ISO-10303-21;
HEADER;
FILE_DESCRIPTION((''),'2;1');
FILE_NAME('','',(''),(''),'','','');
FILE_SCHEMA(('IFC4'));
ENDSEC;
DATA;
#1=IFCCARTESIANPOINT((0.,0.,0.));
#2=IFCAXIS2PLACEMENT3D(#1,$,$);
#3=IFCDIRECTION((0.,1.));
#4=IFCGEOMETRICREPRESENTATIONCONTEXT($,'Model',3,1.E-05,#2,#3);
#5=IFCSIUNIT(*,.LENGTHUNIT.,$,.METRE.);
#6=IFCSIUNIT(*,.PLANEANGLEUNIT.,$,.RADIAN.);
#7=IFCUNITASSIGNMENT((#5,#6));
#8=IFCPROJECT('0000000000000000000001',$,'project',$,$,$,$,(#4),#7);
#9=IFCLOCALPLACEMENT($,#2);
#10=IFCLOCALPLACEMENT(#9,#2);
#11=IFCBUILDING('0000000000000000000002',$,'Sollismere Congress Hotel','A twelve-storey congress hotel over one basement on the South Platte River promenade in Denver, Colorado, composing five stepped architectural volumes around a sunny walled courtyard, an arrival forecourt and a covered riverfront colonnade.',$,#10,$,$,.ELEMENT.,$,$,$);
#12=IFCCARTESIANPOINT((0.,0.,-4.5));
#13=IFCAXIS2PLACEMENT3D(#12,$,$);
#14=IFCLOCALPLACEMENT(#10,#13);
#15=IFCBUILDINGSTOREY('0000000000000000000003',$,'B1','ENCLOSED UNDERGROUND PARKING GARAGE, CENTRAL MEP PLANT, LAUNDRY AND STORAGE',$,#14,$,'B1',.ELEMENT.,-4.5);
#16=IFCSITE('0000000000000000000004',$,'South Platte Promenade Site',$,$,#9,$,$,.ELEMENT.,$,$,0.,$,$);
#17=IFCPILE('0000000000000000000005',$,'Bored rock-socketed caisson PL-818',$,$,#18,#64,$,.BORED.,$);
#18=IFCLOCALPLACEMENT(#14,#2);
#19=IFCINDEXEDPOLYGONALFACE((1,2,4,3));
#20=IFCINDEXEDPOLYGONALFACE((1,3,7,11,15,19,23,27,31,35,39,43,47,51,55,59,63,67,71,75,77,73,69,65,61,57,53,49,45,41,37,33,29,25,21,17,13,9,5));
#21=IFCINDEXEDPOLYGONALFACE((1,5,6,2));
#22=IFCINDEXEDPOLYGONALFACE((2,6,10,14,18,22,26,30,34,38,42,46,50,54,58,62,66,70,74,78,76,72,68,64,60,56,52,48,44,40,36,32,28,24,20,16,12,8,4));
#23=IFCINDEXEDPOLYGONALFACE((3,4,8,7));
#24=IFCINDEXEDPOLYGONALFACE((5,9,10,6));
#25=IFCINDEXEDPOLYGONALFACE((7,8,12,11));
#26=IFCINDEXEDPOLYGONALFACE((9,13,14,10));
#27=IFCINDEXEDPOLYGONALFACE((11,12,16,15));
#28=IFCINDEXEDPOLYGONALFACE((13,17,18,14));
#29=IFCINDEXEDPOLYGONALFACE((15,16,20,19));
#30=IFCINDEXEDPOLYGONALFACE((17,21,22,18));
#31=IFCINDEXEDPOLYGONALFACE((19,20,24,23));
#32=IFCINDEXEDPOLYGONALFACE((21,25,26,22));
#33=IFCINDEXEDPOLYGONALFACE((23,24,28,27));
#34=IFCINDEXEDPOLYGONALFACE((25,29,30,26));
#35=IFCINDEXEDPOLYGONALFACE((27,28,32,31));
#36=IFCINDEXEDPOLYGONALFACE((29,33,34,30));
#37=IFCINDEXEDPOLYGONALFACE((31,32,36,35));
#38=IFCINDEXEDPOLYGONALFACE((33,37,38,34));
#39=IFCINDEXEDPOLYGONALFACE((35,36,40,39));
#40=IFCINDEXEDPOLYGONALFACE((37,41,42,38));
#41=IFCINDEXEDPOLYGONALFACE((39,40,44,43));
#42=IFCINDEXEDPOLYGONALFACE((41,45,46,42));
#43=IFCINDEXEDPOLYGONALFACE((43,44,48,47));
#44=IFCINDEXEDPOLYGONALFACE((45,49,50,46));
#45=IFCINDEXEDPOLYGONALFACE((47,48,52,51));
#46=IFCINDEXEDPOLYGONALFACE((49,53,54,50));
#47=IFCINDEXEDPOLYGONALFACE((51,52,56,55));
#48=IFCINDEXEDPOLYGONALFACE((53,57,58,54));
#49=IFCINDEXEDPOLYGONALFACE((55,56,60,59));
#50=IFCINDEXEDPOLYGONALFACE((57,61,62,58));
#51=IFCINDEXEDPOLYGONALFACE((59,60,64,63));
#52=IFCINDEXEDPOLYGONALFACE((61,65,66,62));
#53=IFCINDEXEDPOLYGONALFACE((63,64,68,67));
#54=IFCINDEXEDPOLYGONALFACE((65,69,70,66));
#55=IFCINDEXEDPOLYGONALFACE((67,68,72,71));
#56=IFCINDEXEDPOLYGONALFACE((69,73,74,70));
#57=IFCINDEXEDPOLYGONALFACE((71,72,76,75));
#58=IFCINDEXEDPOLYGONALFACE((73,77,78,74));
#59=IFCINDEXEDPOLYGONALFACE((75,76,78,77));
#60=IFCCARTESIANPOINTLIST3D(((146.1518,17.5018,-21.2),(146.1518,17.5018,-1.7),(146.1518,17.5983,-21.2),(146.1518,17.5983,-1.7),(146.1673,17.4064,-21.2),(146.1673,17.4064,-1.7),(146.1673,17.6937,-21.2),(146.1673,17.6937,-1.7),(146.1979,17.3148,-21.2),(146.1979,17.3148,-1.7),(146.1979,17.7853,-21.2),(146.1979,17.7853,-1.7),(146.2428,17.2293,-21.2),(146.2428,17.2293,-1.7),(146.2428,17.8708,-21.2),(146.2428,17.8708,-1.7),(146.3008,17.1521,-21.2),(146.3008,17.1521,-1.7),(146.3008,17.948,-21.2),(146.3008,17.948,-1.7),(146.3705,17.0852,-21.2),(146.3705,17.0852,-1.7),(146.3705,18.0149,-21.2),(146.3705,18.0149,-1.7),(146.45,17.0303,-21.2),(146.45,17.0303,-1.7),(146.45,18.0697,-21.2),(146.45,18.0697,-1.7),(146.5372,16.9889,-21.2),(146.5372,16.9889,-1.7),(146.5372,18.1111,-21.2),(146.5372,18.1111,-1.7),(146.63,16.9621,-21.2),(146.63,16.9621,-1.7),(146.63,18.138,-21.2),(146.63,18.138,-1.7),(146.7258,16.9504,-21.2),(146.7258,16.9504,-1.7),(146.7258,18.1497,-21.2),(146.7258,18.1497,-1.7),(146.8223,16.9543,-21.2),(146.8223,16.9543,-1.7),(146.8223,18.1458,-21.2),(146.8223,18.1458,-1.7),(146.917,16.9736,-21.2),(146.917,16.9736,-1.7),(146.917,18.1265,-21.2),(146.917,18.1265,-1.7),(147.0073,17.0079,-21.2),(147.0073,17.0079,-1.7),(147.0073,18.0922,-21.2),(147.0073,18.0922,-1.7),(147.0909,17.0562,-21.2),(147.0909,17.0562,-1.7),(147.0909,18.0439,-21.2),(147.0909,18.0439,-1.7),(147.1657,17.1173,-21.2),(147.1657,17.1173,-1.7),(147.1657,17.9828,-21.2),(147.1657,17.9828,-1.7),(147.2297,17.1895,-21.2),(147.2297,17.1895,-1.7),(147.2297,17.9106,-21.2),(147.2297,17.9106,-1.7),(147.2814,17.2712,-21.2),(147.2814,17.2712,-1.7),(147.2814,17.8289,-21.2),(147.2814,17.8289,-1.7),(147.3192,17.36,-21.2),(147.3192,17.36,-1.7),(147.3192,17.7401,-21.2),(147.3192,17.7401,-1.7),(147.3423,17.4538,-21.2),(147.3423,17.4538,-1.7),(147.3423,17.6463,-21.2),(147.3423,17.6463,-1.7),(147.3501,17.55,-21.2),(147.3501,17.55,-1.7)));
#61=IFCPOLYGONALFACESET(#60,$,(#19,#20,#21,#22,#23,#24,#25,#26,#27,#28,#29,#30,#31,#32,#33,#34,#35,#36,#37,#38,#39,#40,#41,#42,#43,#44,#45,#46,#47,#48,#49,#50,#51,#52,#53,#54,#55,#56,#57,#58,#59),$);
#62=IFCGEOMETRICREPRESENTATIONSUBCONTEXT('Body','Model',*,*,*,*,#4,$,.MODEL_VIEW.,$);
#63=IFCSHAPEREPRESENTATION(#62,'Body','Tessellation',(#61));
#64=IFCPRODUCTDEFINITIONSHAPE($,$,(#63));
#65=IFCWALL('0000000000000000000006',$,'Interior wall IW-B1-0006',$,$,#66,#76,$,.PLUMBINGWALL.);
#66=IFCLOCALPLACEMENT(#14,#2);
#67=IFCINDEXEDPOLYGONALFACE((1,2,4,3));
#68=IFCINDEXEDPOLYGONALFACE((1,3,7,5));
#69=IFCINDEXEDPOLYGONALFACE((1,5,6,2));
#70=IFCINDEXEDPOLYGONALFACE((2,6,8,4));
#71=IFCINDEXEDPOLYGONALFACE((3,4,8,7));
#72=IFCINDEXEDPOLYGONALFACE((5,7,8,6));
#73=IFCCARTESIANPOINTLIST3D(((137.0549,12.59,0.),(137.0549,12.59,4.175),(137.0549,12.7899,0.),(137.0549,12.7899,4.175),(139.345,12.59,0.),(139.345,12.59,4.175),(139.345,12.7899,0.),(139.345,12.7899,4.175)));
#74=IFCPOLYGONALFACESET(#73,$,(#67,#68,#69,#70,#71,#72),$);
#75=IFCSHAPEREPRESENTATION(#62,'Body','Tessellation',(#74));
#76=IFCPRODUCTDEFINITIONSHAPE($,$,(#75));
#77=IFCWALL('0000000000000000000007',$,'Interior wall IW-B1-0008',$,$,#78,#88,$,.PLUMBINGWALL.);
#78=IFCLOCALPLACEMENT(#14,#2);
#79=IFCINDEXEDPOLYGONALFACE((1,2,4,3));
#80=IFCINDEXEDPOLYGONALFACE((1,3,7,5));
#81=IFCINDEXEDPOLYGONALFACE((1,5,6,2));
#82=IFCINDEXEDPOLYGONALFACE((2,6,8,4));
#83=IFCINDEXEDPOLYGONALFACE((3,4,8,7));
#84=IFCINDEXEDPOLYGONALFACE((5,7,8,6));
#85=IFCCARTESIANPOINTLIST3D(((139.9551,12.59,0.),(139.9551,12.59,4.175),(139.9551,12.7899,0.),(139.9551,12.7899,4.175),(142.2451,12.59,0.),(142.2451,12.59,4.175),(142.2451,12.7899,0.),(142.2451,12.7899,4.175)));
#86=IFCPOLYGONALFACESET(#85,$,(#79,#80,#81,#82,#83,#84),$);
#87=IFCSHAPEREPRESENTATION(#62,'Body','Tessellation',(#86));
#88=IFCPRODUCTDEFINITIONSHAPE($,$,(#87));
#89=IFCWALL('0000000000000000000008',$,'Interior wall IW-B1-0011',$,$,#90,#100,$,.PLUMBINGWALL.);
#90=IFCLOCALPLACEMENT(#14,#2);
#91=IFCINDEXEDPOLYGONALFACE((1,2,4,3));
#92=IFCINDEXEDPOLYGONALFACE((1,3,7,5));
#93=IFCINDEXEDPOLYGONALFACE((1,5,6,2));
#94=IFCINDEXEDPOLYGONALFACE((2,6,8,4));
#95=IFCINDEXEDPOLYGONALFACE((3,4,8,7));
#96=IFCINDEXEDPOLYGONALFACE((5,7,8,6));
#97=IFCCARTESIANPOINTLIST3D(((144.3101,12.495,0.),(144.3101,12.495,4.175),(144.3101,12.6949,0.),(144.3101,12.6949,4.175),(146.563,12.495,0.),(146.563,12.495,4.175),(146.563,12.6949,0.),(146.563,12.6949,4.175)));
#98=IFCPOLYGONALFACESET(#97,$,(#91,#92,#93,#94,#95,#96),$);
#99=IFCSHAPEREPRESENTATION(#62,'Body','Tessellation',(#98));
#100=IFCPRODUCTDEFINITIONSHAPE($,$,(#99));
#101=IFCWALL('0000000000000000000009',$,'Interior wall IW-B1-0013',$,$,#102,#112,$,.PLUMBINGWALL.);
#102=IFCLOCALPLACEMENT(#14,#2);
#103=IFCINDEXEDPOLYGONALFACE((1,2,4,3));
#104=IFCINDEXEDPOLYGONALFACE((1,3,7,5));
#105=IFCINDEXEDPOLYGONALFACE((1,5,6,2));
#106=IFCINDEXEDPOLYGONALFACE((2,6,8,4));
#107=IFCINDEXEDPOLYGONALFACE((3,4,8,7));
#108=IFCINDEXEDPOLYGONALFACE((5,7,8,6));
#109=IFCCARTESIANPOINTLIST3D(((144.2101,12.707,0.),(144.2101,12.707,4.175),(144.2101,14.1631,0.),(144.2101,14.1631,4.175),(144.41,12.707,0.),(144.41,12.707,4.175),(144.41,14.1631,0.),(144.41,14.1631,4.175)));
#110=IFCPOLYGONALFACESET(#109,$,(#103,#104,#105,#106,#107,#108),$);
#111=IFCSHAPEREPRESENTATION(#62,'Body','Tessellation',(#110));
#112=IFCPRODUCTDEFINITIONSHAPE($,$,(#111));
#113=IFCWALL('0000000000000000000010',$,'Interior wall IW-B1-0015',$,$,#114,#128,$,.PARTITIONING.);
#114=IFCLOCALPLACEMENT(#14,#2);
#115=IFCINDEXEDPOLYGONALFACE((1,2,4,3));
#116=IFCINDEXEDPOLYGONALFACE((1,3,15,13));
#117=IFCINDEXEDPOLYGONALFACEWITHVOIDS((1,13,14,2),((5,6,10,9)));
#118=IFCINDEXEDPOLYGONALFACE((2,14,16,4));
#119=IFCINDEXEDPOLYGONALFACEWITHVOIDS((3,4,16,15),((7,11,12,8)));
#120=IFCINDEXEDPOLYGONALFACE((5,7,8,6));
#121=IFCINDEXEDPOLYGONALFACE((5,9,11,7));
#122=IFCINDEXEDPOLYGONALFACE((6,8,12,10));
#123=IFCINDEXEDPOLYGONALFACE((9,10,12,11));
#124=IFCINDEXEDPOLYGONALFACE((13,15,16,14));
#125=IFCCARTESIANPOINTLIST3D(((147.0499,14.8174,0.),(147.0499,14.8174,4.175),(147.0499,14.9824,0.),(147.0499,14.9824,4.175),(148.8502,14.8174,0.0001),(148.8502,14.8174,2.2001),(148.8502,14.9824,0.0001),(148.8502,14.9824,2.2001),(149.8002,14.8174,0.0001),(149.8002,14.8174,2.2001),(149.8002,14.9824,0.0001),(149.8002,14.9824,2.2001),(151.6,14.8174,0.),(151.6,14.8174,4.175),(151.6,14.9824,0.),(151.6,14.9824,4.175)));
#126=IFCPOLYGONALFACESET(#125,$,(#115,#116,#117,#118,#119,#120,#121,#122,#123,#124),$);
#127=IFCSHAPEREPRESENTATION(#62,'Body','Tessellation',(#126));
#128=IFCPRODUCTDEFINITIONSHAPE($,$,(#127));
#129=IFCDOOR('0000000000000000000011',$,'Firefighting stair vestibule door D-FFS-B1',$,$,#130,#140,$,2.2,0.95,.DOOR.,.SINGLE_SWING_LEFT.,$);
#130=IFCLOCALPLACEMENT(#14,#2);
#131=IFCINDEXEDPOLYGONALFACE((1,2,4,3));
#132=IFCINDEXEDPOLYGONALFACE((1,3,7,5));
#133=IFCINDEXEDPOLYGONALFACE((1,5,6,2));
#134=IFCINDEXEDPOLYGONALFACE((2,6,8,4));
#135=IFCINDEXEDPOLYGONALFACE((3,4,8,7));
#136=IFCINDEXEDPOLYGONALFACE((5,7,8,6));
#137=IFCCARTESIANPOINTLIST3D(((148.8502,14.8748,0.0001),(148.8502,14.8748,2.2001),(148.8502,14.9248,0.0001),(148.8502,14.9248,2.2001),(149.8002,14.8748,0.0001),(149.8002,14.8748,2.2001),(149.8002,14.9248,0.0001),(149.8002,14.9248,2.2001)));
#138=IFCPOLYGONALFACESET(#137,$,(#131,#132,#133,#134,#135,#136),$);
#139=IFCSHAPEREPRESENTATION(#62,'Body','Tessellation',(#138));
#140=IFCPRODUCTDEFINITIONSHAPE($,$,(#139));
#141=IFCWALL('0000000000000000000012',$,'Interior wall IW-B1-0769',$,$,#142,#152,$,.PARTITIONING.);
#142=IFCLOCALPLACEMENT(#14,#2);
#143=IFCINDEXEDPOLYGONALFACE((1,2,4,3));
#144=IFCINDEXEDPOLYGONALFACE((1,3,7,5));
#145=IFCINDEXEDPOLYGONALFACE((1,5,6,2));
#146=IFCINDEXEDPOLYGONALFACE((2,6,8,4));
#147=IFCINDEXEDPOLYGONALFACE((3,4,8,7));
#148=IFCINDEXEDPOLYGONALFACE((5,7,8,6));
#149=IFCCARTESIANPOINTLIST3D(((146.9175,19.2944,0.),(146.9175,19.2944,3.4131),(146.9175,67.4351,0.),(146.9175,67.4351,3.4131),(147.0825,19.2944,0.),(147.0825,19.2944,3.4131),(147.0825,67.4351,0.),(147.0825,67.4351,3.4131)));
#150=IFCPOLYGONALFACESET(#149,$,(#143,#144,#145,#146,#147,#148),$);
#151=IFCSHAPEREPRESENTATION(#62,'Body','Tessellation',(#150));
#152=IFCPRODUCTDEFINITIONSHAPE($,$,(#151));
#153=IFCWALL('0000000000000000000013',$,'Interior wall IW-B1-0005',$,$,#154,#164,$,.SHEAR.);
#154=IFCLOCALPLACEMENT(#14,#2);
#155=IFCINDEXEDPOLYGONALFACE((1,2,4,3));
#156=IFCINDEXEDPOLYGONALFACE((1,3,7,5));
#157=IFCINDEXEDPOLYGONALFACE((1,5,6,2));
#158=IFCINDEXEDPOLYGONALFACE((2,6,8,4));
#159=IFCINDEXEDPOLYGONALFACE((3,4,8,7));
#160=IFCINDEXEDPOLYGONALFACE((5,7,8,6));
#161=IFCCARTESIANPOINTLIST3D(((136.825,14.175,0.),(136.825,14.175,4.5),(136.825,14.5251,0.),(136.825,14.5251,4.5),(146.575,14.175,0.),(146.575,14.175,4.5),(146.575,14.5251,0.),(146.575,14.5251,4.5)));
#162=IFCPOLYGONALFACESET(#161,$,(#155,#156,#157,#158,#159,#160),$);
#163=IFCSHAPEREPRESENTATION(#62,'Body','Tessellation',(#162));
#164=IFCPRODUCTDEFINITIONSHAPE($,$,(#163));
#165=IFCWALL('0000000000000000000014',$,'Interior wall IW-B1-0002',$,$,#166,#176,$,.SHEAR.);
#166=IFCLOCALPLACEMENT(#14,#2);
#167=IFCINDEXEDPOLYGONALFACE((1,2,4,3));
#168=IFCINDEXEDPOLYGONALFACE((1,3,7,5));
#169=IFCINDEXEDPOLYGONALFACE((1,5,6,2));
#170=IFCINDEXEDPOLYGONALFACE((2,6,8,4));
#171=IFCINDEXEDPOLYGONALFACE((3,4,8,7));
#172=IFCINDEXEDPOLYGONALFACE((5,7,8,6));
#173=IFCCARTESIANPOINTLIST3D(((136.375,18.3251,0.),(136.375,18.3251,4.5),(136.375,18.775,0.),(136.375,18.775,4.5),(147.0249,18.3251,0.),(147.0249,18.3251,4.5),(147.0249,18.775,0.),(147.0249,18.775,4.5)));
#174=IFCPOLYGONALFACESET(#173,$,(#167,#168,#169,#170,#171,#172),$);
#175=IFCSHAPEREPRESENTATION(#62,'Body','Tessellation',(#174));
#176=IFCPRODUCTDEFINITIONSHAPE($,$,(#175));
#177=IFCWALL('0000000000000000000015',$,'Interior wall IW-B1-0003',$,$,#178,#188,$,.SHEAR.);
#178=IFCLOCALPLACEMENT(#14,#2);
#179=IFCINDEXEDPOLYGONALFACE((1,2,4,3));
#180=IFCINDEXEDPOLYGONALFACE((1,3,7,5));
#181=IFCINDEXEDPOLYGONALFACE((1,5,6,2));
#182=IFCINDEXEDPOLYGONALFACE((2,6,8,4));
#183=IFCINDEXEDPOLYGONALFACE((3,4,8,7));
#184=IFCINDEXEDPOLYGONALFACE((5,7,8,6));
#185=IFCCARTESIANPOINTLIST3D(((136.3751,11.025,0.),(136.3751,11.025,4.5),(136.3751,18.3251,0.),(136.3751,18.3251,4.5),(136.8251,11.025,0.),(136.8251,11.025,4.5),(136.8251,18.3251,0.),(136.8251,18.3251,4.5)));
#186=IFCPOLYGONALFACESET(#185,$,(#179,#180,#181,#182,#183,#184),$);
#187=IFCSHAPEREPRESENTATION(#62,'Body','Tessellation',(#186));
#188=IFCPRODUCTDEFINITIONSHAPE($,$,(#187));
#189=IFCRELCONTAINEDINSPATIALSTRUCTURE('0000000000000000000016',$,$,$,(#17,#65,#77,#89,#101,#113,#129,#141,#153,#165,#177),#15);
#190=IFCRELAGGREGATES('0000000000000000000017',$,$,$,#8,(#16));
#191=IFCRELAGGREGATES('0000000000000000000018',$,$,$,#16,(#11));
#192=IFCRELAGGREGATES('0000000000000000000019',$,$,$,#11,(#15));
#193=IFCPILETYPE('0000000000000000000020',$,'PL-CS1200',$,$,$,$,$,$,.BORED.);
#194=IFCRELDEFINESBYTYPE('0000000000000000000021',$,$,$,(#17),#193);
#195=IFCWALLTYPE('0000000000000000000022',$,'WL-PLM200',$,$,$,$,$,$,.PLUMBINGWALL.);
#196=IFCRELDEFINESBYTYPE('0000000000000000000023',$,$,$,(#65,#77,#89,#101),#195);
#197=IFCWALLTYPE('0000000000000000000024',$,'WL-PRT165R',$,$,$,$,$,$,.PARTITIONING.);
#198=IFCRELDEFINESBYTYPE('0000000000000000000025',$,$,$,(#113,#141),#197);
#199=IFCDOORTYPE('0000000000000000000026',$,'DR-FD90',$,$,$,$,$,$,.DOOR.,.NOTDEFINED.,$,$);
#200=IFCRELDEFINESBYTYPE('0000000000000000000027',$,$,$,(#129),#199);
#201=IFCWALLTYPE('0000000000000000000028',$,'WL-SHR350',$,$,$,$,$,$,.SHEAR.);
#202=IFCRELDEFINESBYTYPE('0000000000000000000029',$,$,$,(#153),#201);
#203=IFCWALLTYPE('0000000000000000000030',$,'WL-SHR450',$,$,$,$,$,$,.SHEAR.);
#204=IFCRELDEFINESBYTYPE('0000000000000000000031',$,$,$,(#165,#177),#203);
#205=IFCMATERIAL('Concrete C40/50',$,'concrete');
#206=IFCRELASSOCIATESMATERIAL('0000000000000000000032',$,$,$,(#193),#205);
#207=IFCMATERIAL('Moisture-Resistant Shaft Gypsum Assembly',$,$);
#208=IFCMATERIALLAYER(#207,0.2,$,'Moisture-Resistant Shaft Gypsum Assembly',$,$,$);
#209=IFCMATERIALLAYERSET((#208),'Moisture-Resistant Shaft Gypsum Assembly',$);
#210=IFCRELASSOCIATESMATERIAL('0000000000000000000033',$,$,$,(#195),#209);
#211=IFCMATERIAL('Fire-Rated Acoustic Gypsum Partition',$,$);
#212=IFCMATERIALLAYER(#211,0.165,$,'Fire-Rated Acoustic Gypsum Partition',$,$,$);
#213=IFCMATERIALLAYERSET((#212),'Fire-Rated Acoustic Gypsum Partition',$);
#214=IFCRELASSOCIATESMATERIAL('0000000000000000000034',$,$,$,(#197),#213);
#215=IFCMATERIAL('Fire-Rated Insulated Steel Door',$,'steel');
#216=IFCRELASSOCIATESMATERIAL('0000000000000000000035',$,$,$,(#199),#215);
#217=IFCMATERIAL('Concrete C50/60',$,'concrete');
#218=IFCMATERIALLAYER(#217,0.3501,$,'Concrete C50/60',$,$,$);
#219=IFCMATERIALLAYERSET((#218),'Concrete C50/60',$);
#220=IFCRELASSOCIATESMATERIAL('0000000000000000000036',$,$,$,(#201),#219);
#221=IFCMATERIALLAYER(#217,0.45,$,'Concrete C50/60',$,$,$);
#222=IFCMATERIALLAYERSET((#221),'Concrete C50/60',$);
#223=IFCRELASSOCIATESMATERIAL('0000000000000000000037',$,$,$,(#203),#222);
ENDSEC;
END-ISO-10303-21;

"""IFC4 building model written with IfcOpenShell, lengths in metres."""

from ifc_helpers import new_model, si_unit, direction, frame, frame_2d, origin, origin_2d, place, context, subcontext, project, spatial, rectangle, circle, extrude, material, layer, layer_set, material_profile, profile_set, type_object, element, fill, save


model = new_model("IFC4")

# Units and contexts
model_context = context("Model", 3, precision=1e-05, world=origin(), true_north=direction((0.0, 1.0)))
body_context = subcontext(model_context, "Body", "Model", "MODEL_VIEW")
ifc_project = project(units=[si_unit("LENGTHUNIT", "METRE"), si_unit("PLANEANGLEUNIT", "RADIAN")], contexts=[model_context])

# Site, building, storey
site_placement = place(None, origin())
site = spatial("IfcSite", under=ifc_project, at=site_placement, Name="South Platte Promenade Site", CompositionType="ELEMENT", RefElevation=0.0)
building_placement = place(site_placement, origin())
building = spatial("IfcBuilding", under=site, at=building_placement, Name="Sollismere Congress Hotel", Description="A twelve-storey congress hotel over one basement on the South Platte River promenade in Denver, Colorado, composing five stepped architectural volumes around a sunny walled courtyard, an arrival forecourt and a covered riverfront colonnade.", CompositionType="ELEMENT")
storey_placement = place(building_placement, frame((0.0, 0.0, -4.5)))
storey = spatial("IfcBuildingStorey", under=building, at=storey_placement, Name="B1", Description="ENCLOSED UNDERGROUND PARKING GARAGE, CENTRAL MEP PLANT, LAUNDRY AND STORAGE", LongName="B1", CompositionType="ELEMENT", Elevation=-4.5)

# Shared definitions
ifc_material_1 = material(Name="Concrete C40/50", Category="concrete")

# Pile
ifc_material_profile = material_profile(ifc_material_1, circle(Radius=0.6001, at=origin_2d()), Name="CAISSON1200")
ifc_profile_set = profile_set([ifc_material_profile], Name="Concrete C40/50")
pile_type = type_object("IfcPileType", Name="PL-CS1200", PredefinedType="BORED", material=ifc_profile_set)
for number, where, z_axis, x_axis, name in (
    (1, (146.75, 17.55, -1.7), (0.0, 0.0, -1.0), (1.0, 0.0, 0.0), "Bored rock-socketed caisson PL-818"),
):
    element("IfcPile", number, at=place(storey_placement, frame(where, z_axis=z_axis, x_axis=x_axis)), inside=storey, type_object=pile_type, Name=name, PredefinedType="BORED", context=body_context, shape_type="SweptSolid", body=[
        extrude(circle(Radius=0.6001, at=origin_2d()), origin(), (0.0, 0.0, 1.0), 19.5),
    ])

# Walls
ifc_material_2 = material(Name="Moisture-Resistant Shaft Gypsum Assembly")
ifc_layer_1 = layer(ifc_material_2, 0.2, Name="Moisture-Resistant Shaft Gypsum Assembly")
ifc_layer_set_1 = layer_set([ifc_layer_1], Name="Moisture-Resistant Shaft Gypsum Assembly")
wall_type_1 = type_object("IfcWallType", Name="WL-PLM200", PredefinedType="PLUMBINGWALL", material=ifc_layer_set_1)
for number, where, z_axis, x_axis, name in (
    (2, (137.0549, 12.6899, 0.0), (0.0, 0.0, 1.0), (1.0, 0.0, 0.0), "Interior wall IW-B1-0006"),
    (3, (139.9551, 12.6899, 0.0), (0.0, 0.0, 1.0), (1.0, 0.0, 0.0), "Interior wall IW-B1-0008"),
):
    element("IfcWall", number, at=place(storey_placement, frame(where, z_axis=z_axis, x_axis=x_axis)), inside=storey, type_object=wall_type_1, Name=name, PredefinedType="PLUMBINGWALL", context=body_context, shape_type="SweptSolid", body=[
        extrude(rectangle(XDim=2.29, YDim=0.2, at=frame_2d((1.145, 0.0))), origin(), (0.0, 0.0, 1.0), 4.175),
    ])
wall_1_placement = place(storey_placement, frame((144.3101, 12.595, 0.0), z_axis=(0.0, 0.0, 1.0), x_axis=(1.0, 0.0, 0.0)))
element("IfcWall", 4, at=wall_1_placement, inside=storey, type_object=wall_type_1, Name="Interior wall IW-B1-0011", PredefinedType="PLUMBINGWALL", context=body_context, shape_type="SweptSolid", body=[
    extrude(rectangle(XDim=2.2529, YDim=0.2, at=frame_2d((1.1265, 0.0))), origin(), (0.0, 0.0, 1.0), 4.175),
])
wall_2_placement = place(storey_placement, frame((144.3101, 12.707, 0.0), z_axis=(0.0, 0.0, 1.0), x_axis=(0.0, 1.0, 0.0)))
element("IfcWall", 5, at=wall_2_placement, inside=storey, type_object=wall_type_1, Name="Interior wall IW-B1-0013", PredefinedType="PLUMBINGWALL", context=body_context, shape_type="SweptSolid", body=[
    extrude(rectangle(XDim=1.4561, YDim=0.2, at=frame_2d((0.728, 0.0))), origin(), (0.0, 0.0, 1.0), 4.175),
])

# Wall, opening, door
ifc_material_3 = material(Name="Fire-Rated Acoustic Gypsum Partition")
ifc_layer_2 = layer(ifc_material_3, 0.165, Name="Fire-Rated Acoustic Gypsum Partition")
ifc_layer_set_2 = layer_set([ifc_layer_2], Name="Fire-Rated Acoustic Gypsum Partition")
wall_type_2 = type_object("IfcWallType", Name="WL-PRT165R", PredefinedType="PARTITIONING", material=ifc_layer_set_2)
wall_3_placement = place(storey_placement, frame((147.05, 14.8999, 0.0), z_axis=(0.0, 0.0, 1.0), x_axis=(1.0, 0.0, 0.0)))
wall_3 = element("IfcWall", 6, at=wall_3_placement, inside=storey, type_object=wall_type_2, Name="Interior wall IW-B1-0015", PredefinedType="PARTITIONING", context=body_context, shape_type="SweptSolid", body=[
    extrude(rectangle(XDim=4.55, YDim=0.165, at=frame_2d((2.2749, 0.0))), origin(), (0.0, 0.0, 1.0), 4.175),
])
opening_placement = place(wall_3_placement, frame((1.8, 0.0, 0.0)))
opening = element("IfcOpeningElement", 7, at=opening_placement, cuts=wall_3, PredefinedType="OPENING", context=body_context, shape_type="SweptSolid", body=[
    extrude(rectangle(XDim=0.95, YDim=2.2, at=frame_2d((0.4751, 1.1001))), frame((0.0, 0.0925, 0.0), z_axis=(0.0, -1.0, 0.0), x_axis=(1.0, 0.0, 0.0)), (0.0, 0.0, 1.0), 0.1851),
])
ifc_material_4 = material(Name="Fire-Rated Insulated Steel Door", Category="steel")
door_type = type_object("IfcDoorType", Name="DR-FD90", OperationType="NOTDEFINED", PredefinedType="DOOR", material=ifc_material_4)
door_placement = place(opening_placement, origin())
door = element("IfcDoor", 8, at=door_placement, inside=storey, type_object=door_type, Name="Firefighting stair vestibule door D-FFS-B1", OperationType="SINGLE_SWING_LEFT", OverallHeight=2.2, OverallWidth=0.95, PredefinedType="DOOR", context=body_context, shape_type="SweptSolid", body=[
    extrude(rectangle(XDim=0.95, YDim=2.2, at=frame_2d((0.4751, 1.1001))), frame((0.0, 0.0249, 0.0), z_axis=(0.0, -1.0, 0.0), x_axis=(1.0, 0.0, 0.0)), (0.0, 0.0, 1.0), 0.05),
])
fill(opening, door)

# Walls
wall_4_placement = place(storey_placement, frame((147.0, 19.2944, 0.0), z_axis=(0.0, 0.0, 1.0), x_axis=(0.0, 1.0, 0.0)))
element("IfcWall", 9, at=wall_4_placement, inside=storey, type_object=wall_type_2, Name="Interior wall IW-B1-0769", PredefinedType="PARTITIONING", context=body_context, shape_type="SweptSolid", body=[
    extrude(rectangle(XDim=48.1406, YDim=0.165, at=frame_2d((24.0703, 0.0))), origin(), (0.0, 0.0, 1.0), 3.4131),
])
ifc_material_5 = material(Name="Concrete C50/60", Category="concrete")
ifc_layer_3 = layer(ifc_material_5, 0.3501, Name="Concrete C50/60")
ifc_layer_set_3 = layer_set([ifc_layer_3], Name="Concrete C50/60")
wall_type_3 = type_object("IfcWallType", Name="WL-SHR350", PredefinedType="SHEAR", material=ifc_layer_set_3)
wall_5_placement = place(storey_placement, frame((136.825, 14.3501, 0.0), z_axis=(0.0, 0.0, 1.0), x_axis=(1.0, 0.0, 0.0)))
element("IfcWall", 10, at=wall_5_placement, inside=storey, type_object=wall_type_3, Name="Interior wall IW-B1-0005", PredefinedType="SHEAR", context=body_context, shape_type="SweptSolid", body=[
    extrude(rectangle(XDim=9.75, YDim=0.3501, at=frame_2d((4.875, 0.0))), origin(), (0.0, 0.0, 1.0), 4.5),
])
ifc_layer_4 = layer(ifc_material_5, 0.45, Name="Concrete C50/60")
ifc_layer_set_4 = layer_set([ifc_layer_4], Name="Concrete C50/60")
wall_type_4 = type_object("IfcWallType", Name="WL-SHR450", PredefinedType="SHEAR", material=ifc_layer_set_4)
wall_6_placement = place(storey_placement, frame((147.0249, 18.55, 0.0), z_axis=(0.0, 0.0, 1.0), x_axis=(-1.0, 0.0, 0.0)))
element("IfcWall", 11, at=wall_6_placement, inside=storey, type_object=wall_type_4, Name="Interior wall IW-B1-0002", PredefinedType="SHEAR", context=body_context, shape_type="SweptSolid", body=[
    extrude(rectangle(XDim=10.6499, YDim=0.45, at=frame_2d((5.325, 0.0))), origin(), (0.0, 0.0, 1.0), 4.5),
])
wall_7_placement = place(storey_placement, frame((136.6001, 18.325, 0.0), z_axis=(0.0, 0.0, 1.0), x_axis=(0.0, -1.0, 0.0)))
element("IfcWall", 12, at=wall_7_placement, inside=storey, type_object=wall_type_4, Name="Interior wall IW-B1-0003", PredefinedType="SHEAR", context=body_context, shape_type="SweptSolid", body=[
    extrude(rectangle(XDim=7.3, YDim=0.45, at=frame_2d((3.6499, 0.0))), origin(), (0.0, 0.0, 1.0), 4.5),
])

save(model, "model.ifc")
